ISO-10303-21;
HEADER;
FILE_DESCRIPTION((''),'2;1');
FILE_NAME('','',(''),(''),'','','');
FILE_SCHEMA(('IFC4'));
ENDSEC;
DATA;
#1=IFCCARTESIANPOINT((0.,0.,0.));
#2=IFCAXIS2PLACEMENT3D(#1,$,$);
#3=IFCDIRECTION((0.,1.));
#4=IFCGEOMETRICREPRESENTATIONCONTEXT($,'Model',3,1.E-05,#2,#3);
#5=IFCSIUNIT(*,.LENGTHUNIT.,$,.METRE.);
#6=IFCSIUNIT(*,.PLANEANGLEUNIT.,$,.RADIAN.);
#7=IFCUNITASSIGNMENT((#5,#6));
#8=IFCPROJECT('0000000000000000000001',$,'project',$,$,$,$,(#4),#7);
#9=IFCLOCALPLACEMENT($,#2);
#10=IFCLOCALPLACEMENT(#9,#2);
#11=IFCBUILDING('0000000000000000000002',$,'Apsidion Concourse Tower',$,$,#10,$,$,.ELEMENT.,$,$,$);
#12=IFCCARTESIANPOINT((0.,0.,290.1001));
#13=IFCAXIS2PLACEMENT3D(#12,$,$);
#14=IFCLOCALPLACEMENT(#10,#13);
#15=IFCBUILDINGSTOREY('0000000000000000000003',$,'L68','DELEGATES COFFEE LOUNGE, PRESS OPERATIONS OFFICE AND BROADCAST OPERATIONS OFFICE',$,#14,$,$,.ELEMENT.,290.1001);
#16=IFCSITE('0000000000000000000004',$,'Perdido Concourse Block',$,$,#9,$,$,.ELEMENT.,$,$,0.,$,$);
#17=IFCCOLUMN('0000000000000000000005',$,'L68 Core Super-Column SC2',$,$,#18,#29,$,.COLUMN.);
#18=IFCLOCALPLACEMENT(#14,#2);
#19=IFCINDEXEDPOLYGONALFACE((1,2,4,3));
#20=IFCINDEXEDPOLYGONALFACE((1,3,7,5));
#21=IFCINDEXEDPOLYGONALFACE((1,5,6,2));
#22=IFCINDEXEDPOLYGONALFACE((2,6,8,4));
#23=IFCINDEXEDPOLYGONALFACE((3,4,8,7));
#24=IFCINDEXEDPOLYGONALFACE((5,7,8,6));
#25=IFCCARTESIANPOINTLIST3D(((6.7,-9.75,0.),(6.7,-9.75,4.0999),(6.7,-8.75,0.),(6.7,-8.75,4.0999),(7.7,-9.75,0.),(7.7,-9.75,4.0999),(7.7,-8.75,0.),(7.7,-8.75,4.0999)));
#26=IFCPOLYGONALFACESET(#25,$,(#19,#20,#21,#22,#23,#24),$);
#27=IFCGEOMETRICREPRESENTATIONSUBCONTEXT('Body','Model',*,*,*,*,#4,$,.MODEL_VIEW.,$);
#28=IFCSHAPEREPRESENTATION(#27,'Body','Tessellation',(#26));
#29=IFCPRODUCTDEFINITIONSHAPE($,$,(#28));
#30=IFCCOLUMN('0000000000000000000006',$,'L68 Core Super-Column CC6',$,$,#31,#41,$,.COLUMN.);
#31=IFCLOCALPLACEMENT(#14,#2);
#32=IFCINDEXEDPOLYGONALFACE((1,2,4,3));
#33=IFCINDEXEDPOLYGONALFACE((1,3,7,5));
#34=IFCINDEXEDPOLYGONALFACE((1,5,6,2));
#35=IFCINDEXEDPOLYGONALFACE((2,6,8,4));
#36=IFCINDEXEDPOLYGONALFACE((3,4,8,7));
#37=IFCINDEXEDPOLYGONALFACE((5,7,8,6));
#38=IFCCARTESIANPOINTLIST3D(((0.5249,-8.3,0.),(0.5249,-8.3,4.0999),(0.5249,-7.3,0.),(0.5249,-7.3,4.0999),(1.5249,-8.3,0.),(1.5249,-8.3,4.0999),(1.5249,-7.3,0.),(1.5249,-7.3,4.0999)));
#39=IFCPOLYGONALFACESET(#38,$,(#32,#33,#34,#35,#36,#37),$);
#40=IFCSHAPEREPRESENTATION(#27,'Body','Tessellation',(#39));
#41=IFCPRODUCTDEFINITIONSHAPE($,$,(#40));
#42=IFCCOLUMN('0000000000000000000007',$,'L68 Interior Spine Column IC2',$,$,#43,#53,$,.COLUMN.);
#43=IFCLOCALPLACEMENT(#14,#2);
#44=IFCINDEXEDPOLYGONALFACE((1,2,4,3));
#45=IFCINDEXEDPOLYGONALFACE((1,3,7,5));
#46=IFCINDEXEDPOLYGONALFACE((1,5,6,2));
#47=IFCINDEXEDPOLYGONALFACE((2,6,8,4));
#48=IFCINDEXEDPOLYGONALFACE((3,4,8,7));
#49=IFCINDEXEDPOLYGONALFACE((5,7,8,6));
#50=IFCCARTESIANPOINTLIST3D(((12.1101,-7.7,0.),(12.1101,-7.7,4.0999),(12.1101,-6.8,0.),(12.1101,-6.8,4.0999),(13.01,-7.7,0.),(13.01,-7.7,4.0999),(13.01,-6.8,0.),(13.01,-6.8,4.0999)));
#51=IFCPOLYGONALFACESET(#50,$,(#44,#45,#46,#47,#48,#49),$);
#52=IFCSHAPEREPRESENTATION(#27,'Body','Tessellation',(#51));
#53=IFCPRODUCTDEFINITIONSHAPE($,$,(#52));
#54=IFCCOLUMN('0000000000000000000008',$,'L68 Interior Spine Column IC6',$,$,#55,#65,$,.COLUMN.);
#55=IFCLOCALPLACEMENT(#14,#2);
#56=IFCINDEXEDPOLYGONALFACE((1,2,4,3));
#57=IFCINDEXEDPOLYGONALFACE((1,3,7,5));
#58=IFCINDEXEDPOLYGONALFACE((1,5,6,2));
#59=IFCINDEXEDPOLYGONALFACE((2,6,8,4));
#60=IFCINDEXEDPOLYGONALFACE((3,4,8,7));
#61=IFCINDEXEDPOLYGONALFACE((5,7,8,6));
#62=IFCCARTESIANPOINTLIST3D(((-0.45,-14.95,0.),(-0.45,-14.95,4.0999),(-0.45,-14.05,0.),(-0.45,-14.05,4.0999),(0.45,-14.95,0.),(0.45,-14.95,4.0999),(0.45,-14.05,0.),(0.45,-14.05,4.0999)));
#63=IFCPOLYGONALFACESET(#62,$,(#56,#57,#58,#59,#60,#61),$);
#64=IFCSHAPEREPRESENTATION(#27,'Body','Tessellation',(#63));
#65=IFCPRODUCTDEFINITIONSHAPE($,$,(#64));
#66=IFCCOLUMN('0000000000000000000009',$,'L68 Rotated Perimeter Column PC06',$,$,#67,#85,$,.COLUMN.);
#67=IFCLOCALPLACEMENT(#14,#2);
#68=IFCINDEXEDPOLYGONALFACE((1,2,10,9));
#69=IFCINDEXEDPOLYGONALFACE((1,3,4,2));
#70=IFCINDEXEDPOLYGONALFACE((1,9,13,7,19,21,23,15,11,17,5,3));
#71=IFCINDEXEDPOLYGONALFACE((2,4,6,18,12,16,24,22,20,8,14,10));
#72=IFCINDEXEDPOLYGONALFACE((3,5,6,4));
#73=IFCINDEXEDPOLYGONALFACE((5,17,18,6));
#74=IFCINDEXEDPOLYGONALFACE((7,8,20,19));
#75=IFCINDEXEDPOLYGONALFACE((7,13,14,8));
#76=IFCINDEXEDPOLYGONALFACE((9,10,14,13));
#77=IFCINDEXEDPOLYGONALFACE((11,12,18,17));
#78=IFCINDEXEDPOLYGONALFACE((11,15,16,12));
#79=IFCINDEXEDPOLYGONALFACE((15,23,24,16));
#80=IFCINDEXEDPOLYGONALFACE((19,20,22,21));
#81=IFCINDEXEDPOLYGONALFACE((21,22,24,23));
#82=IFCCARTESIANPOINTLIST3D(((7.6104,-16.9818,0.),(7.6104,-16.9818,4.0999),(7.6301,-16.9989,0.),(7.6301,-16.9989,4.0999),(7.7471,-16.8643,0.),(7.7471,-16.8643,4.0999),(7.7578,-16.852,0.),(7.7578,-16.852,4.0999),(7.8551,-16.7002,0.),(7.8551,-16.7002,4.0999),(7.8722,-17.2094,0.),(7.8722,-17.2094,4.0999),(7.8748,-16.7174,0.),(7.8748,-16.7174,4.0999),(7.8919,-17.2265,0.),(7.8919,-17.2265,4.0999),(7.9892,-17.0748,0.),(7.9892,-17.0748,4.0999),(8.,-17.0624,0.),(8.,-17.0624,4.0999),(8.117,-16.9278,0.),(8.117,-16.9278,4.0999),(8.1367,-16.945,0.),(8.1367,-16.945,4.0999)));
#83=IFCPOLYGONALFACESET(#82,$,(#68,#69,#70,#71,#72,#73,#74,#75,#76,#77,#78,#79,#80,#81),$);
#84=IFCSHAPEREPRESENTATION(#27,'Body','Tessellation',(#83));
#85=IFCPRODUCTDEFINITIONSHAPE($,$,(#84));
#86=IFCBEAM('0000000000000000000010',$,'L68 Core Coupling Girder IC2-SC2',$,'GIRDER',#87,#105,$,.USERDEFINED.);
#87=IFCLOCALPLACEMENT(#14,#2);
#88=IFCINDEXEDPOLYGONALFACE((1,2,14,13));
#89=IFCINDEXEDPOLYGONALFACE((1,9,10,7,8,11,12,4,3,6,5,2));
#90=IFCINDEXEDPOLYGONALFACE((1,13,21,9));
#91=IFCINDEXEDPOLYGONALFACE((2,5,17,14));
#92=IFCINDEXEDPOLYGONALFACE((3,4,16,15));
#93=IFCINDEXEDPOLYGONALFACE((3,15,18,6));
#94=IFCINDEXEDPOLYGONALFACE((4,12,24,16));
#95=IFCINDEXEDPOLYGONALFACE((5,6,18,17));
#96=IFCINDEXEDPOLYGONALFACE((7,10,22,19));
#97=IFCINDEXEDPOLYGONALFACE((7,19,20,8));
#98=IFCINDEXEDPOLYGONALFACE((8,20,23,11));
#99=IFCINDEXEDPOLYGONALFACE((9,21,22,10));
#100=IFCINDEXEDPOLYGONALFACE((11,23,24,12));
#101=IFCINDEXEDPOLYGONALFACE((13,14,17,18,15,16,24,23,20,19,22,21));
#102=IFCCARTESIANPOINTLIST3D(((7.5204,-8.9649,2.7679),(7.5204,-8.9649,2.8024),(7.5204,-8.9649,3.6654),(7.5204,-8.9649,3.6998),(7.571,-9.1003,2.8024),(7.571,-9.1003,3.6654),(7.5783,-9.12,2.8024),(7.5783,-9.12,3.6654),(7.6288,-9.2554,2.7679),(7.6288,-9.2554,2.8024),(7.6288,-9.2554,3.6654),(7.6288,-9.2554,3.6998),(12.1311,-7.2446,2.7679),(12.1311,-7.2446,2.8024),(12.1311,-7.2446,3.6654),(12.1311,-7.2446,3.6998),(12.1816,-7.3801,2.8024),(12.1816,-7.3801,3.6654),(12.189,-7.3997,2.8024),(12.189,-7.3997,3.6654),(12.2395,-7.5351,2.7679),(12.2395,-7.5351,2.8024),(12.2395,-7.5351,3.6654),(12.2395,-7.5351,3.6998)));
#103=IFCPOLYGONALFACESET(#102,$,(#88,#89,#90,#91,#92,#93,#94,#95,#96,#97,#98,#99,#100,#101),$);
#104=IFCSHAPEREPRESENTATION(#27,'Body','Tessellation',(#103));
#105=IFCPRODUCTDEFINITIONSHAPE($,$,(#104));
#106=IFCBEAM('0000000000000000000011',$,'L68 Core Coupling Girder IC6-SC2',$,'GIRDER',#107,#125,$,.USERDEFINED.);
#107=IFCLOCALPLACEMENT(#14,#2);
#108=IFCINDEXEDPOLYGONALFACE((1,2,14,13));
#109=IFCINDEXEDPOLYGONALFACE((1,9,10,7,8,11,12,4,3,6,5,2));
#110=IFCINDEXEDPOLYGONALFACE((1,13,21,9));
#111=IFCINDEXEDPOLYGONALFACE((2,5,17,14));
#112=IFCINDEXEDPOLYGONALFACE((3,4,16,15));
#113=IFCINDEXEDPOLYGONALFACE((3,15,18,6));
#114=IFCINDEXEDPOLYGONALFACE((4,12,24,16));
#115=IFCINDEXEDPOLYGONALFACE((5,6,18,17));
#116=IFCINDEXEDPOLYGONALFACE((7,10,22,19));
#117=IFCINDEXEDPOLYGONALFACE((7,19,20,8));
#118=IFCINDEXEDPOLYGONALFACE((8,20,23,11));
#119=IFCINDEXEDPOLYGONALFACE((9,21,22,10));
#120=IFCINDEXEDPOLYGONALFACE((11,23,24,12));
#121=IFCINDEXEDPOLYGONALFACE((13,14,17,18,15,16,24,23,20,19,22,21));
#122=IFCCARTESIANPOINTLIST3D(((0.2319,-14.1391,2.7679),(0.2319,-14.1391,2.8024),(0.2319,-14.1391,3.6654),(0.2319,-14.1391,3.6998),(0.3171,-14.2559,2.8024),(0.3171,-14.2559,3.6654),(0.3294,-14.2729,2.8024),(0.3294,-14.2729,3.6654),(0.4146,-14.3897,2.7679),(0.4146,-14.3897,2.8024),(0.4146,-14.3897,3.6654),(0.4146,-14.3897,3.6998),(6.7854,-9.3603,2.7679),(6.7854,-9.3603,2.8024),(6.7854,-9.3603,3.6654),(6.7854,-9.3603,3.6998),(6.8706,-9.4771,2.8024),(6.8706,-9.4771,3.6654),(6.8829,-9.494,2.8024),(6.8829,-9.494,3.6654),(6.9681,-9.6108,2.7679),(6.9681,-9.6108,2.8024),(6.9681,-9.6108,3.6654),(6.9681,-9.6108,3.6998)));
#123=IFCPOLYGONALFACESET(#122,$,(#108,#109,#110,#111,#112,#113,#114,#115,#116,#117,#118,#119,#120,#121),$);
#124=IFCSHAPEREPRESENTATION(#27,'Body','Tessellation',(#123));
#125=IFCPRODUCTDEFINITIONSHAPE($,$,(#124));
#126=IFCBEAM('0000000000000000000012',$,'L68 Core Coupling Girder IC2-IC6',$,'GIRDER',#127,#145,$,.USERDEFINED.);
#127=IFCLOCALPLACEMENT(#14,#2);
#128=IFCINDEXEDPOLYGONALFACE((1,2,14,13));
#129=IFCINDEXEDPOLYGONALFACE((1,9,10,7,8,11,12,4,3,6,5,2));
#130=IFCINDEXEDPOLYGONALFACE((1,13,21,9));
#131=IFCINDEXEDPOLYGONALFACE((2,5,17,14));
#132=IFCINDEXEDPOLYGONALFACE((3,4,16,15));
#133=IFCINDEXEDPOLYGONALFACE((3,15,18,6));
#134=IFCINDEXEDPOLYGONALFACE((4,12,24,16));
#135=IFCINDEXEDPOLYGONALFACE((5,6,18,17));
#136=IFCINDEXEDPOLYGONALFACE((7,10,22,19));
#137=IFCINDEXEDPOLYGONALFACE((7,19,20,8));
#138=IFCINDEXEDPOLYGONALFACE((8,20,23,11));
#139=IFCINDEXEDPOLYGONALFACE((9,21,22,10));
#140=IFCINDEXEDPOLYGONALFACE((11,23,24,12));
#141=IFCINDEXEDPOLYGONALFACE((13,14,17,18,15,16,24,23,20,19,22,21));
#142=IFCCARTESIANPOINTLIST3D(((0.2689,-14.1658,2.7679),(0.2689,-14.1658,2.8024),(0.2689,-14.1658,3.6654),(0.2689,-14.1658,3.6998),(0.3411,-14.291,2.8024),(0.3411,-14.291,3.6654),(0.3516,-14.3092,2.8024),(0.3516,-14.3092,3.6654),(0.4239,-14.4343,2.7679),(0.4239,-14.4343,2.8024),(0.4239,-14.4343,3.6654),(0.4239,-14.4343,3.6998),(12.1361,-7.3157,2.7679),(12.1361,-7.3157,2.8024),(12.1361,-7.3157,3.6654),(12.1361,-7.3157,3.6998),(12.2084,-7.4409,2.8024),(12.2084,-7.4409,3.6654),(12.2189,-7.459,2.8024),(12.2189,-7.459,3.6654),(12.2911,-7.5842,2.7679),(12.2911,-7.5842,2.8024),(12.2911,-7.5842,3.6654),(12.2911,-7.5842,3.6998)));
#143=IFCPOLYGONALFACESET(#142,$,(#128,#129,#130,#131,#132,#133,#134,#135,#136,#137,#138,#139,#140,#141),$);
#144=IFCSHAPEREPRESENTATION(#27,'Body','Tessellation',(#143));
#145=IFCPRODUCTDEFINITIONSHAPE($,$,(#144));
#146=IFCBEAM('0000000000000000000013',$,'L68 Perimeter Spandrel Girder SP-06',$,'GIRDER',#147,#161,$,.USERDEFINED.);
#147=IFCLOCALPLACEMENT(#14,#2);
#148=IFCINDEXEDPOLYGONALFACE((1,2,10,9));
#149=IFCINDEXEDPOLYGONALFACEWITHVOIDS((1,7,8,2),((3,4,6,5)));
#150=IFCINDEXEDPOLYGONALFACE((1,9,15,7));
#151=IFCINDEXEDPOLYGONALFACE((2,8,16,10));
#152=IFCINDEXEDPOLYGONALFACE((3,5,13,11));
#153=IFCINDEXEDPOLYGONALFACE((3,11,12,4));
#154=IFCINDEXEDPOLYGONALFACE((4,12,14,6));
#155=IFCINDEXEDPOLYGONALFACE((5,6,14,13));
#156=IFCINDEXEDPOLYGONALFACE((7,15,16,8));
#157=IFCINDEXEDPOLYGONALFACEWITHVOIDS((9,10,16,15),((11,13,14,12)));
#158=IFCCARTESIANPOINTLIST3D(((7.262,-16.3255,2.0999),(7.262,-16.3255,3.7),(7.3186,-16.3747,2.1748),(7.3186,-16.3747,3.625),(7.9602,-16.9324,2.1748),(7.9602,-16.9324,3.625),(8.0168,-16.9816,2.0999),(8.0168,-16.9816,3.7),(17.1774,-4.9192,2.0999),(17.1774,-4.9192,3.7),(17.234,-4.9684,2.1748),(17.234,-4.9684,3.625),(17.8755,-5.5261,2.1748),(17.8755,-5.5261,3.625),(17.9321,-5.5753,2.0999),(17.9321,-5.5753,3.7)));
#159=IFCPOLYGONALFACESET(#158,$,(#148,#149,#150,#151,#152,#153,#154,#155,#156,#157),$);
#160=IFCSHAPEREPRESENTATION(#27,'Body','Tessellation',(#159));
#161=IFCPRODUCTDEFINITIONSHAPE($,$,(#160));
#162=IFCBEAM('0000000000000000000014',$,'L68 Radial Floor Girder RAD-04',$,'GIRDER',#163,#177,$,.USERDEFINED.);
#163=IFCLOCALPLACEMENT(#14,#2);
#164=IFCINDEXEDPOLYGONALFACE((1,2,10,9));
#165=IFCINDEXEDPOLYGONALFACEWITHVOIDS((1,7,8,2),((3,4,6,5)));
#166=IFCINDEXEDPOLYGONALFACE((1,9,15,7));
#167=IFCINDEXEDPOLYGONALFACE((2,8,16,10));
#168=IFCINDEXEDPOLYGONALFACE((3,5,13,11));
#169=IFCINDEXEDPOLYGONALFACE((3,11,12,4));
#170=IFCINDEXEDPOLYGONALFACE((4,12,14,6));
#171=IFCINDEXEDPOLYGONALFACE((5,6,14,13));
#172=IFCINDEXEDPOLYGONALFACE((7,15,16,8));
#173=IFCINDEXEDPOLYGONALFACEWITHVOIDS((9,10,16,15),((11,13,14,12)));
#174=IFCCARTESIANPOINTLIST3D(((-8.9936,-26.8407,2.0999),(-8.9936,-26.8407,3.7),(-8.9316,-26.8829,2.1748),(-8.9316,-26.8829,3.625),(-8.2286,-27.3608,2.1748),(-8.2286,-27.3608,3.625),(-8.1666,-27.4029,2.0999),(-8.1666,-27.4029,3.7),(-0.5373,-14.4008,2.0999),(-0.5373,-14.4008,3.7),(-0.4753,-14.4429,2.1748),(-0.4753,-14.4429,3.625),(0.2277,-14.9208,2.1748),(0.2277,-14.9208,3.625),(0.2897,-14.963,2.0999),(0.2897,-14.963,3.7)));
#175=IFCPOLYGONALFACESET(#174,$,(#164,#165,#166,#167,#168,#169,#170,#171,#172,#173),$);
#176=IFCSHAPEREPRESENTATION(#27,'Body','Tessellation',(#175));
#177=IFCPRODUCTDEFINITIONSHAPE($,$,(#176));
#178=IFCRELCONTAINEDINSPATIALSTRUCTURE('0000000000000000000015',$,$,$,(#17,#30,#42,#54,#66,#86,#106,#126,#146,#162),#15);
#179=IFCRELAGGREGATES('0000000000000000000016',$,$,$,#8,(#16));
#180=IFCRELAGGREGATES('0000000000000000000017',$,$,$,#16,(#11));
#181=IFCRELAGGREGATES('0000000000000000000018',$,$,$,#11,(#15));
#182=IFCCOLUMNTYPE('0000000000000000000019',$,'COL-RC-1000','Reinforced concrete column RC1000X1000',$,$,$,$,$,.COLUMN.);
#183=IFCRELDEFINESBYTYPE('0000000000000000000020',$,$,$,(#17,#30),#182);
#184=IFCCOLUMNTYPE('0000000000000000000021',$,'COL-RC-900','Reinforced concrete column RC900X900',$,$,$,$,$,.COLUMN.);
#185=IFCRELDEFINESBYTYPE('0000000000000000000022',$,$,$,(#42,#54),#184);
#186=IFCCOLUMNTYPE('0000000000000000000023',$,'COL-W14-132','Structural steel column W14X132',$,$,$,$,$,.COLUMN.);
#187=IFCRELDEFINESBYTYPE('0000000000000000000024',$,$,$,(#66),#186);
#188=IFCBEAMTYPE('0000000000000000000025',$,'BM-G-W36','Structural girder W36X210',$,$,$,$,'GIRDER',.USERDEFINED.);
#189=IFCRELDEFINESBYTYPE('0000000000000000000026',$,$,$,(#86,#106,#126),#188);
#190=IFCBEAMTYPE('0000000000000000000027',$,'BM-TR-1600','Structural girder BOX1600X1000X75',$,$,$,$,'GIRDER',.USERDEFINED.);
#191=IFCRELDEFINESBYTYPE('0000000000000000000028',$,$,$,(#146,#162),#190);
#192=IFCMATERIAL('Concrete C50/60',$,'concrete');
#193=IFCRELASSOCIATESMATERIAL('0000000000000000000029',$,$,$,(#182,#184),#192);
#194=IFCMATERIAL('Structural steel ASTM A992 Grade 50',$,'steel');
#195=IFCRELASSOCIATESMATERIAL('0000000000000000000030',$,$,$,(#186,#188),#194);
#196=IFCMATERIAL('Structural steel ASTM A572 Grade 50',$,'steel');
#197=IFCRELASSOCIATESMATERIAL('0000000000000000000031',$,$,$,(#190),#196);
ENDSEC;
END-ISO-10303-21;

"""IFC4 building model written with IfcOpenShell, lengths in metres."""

from ifc_helpers import new_model, si_unit, direction, frame, origin, origin_2d, place, context, subcontext, project, spatial, rectangle, hollow_rectangle, i_section, extrude, material, material_profile, profile_set, type_object, element, save


model = new_model("IFC4")

# Units and contexts
model_context = context("Model", 3, precision=1e-05, world=origin(), true_north=direction((0.0, 1.0)))
body_context = subcontext(model_context, "Body", "Model", "MODEL_VIEW")
ifc_project = project(units=[si_unit("LENGTHUNIT", "METRE"), si_unit("PLANEANGLEUNIT", "RADIAN")], contexts=[model_context])

# Site, building, storey
site_placement = place(None, origin())
site = spatial("IfcSite", under=ifc_project, at=site_placement, Name="Perdido Concourse Block", CompositionType="ELEMENT", RefElevation=0.0)
building_placement = place(site_placement, origin())
building = spatial("IfcBuilding", under=site, at=building_placement, Name="Apsidion Concourse Tower", CompositionType="ELEMENT")
storey_placement = place(building_placement, frame((0.0, 0.0, 290.1001)))
storey = spatial("IfcBuildingStorey", under=building, at=storey_placement, Name="L68", Description="DELEGATES COFFEE LOUNGE, PRESS OPERATIONS OFFICE AND BROADCAST OPERATIONS OFFICE", CompositionType="ELEMENT", Elevation=290.1001)

# Columns
ifc_material_1 = material(Name="Concrete C50/60", Category="concrete")
ifc_material_profile_1 = material_profile(ifc_material_1, rectangle(XDim=1.0, YDim=1.0, at=origin_2d()), Name="RC 1000x1000")
ifc_profile_set_1 = profile_set([ifc_material_profile_1], Name="Concrete C50/60")
column_type_1 = type_object("IfcColumnType", Name="COL-RC-1000", Description="Reinforced concrete column RC1000X1000", PredefinedType="COLUMN", material=ifc_profile_set_1)
for number, where, z_axis, x_axis, name in (
    (1, (7.2, -9.25, 0.0), (0.0, 0.0, 1.0), (1.0, 0.0, 0.0), "L68 Core Super-Column SC2"),
    (2, (1.0249, -7.8, 0.0), (0.0, 0.0, 1.0), (1.0, 0.0, 0.0), "L68 Core Super-Column CC6"),
):
    element("IfcColumn", number, at=place(storey_placement, frame(where, z_axis=z_axis, x_axis=x_axis)), inside=storey, type_object=column_type_1, Name=name, PredefinedType="COLUMN", context=body_context, shape_type="SweptSolid", body=[
        extrude(rectangle(XDim=1.0, YDim=1.0, at=origin_2d()), origin(), (0.0, 0.0, 1.0), 4.0999),
    ])
ifc_material_profile_2 = material_profile(ifc_material_1, rectangle(XDim=0.8999, YDim=0.8999, at=origin_2d()), Name="RC 900x900")
ifc_profile_set_2 = profile_set([ifc_material_profile_2], Name="Concrete C50/60")
column_type_2 = type_object("IfcColumnType", Name="COL-RC-900", Description="Reinforced concrete column RC900X900", PredefinedType="COLUMN", material=ifc_profile_set_2)
for number, where, z_axis, x_axis, name in (
    (3, (12.5601, -7.25, 0.0), (0.0, 0.0, 1.0), (1.0, 0.0, 0.0), "L68 Interior Spine Column IC2"),
    (4, (0.0, -14.5, 0.0), (0.0, 0.0, 1.0), (1.0, 0.0, 0.0), "L68 Interior Spine Column IC6"),
):
    element("IfcColumn", number, at=place(storey_placement, frame(where, z_axis=z_axis, x_axis=x_axis)), inside=storey, type_object=column_type_2, Name=name, PredefinedType="COLUMN", context=body_context, shape_type="SweptSolid", body=[
        extrude(rectangle(XDim=0.8999, YDim=0.8999, at=origin_2d()), origin(), (0.0, 0.0, 1.0), 4.0999),
    ])
ifc_material_2 = material(Name="Structural steel ASTM A992 Grade 50", Category="steel")
ifc_material_profile_3 = material_profile(ifc_material_2, i_section(OverallWidth=0.373, OverallDepth=0.373, WebThickness=0.0164, FlangeThickness=0.0261, at=origin_2d()), Name="W14X132")
ifc_profile_set_3 = profile_set([ifc_material_profile_3], Name="Structural steel ASTM A992 Grade 50")
column_type_3 = type_object("IfcColumnType", Name="COL-W14-132", Description="Structural steel column W14X132", PredefinedType="COLUMN", material=ifc_profile_set_3)
column_placement = place(storey_placement, frame((7.8735, -16.9634, 0.0), z_axis=(0.0, 0.0, 1.0), x_axis=(0.656059, 0.75471, 0.0)))
element("IfcColumn", 5, at=column_placement, inside=storey, type_object=column_type_3, Name="L68 Rotated Perimeter Column PC06", PredefinedType="COLUMN", context=body_context, shape_type="SweptSolid", body=[
    extrude(i_section(OverallWidth=0.373, OverallDepth=0.373, WebThickness=0.0164, FlangeThickness=0.0261, at=origin_2d()), origin(), (0.0, 0.0, 1.0), 4.0999),
])

# Beams
ifc_material_profile_4 = material_profile(ifc_material_2, i_section(OverallWidth=0.3101, OverallDepth=0.9319, WebThickness=0.021, FlangeThickness=0.0344, at=origin_2d()), Name="W36X210")
ifc_profile_set_4 = profile_set([ifc_material_profile_4], Name="Structural steel ASTM A992 Grade 50")
beam_type_1 = type_object("IfcBeamType", Name="BM-G-W36", Description="Structural girder W36X210", ElementType="GIRDER", PredefinedType="USERDEFINED", material=ifc_profile_set_4)
beam_1_placement = place(storey_placement, frame((12.1853, -7.3899, 3.2339), z_axis=(-0.936913, -0.349563, 0.0), x_axis=(0.349563, -0.936913, 0.0)))
element("IfcBeam", 6, at=beam_1_placement, inside=storey, type_object=beam_type_1, Name="L68 Core Coupling Girder IC2-SC2", ObjectType="GIRDER", PredefinedType="USERDEFINED", context=body_context, shape_type="SweptSolid", body=[
    extrude(i_section(OverallWidth=0.3101, OverallDepth=0.9319, WebThickness=0.021, FlangeThickness=0.0344, at=origin_2d()), origin(), (0.0, 0.0, 1.0), 4.9211),
])
beam_2_placement = place(storey_placement, frame((0.3232, -14.2644, 3.2339), z_axis=(0.807993, 0.589191, 0.0), x_axis=(-0.589191, 0.807993, 0.0)))
element("IfcBeam", 7, at=beam_2_placement, inside=storey, type_object=beam_type_1, Name="L68 Core Coupling Girder IC6-SC2", ObjectType="GIRDER", PredefinedType="USERDEFINED", context=body_context, shape_type="SweptSolid", body=[
    extrude(i_section(OverallWidth=0.3101, OverallDepth=0.9319, WebThickness=0.021, FlangeThickness=0.0344, at=origin_2d()), origin(), (0.0, 0.0, 1.0), 8.1108),
])
beam_3_placement = place(storey_placement, frame((12.2136, -7.45, 3.2339), z_axis=(-0.86607, -0.499922, 0.0), x_axis=(0.499922, -0.86607, 0.0)))
element("IfcBeam", 8, at=beam_3_placement, inside=storey, type_object=beam_type_1, Name="L68 Core Coupling Girder IC2-IC6", ObjectType="GIRDER", PredefinedType="USERDEFINED", context=body_context, shape_type="SweptSolid", body=[
    extrude(i_section(OverallWidth=0.3101, OverallDepth=0.9319, WebThickness=0.021, FlangeThickness=0.0344, at=origin_2d()), origin(), (0.0, 0.0, 1.0), 13.7024),
])
ifc_material_3 = material(Name="Structural steel ASTM A572 Grade 50", Category="steel")
ifc_material_profile_5 = material_profile(ifc_material_3, hollow_rectangle(XDim=1.0, YDim=1.6001, WallThickness=0.075, at=origin_2d()), Name="BOX1600X1000X75")
ifc_profile_set_5 = profile_set([ifc_material_profile_5], Name="Structural steel ASTM A572 Grade 50")
beam_type_2 = type_object("IfcBeamType", Name="BM-TR-1600", Description="Structural girder BOX1600X1000X75", ElementType="GIRDER", PredefinedType="USERDEFINED", material=ifc_profile_set_5)
beam_4_placement = place(storey_placement, frame((7.6394, -16.6536, 2.8999), z_axis=(0.656058, 0.75471, 0.0), x_axis=(-0.75471, 0.656058, 0.0)))
element("IfcBeam", 9, at=beam_4_placement, inside=storey, type_object=beam_type_2, Name="L68 Perimeter Spandrel Girder SP-06", ObjectType="GIRDER", PredefinedType="USERDEFINED", context=body_context, shape_type="SweptSolid", body=[
    extrude(hollow_rectangle(XDim=1.0, YDim=1.6001, WallThickness=0.075, at=origin_2d()), origin(), (0.0, 0.0, 1.0), 15.1135),
])
beam_5_placement = place(storey_placement, frame((-0.1238, -14.6819, 2.8999), z_axis=(-0.56218, -0.827015, 0.0), x_axis=(0.827015, -0.56218, 0.0)))
element("IfcBeam", 10, at=beam_5_placement, inside=storey, type_object=beam_type_2, Name="L68 Radial Floor Girder RAD-04", ObjectType="GIRDER", PredefinedType="USERDEFINED", context=body_context, shape_type="SweptSolid", body=[
    extrude(hollow_rectangle(XDim=1.0, YDim=1.6001, WallThickness=0.075, at=origin_2d()), origin(), (0.0, 0.0, 1.0), 15.042),
])

save(model, "model.ifc")
